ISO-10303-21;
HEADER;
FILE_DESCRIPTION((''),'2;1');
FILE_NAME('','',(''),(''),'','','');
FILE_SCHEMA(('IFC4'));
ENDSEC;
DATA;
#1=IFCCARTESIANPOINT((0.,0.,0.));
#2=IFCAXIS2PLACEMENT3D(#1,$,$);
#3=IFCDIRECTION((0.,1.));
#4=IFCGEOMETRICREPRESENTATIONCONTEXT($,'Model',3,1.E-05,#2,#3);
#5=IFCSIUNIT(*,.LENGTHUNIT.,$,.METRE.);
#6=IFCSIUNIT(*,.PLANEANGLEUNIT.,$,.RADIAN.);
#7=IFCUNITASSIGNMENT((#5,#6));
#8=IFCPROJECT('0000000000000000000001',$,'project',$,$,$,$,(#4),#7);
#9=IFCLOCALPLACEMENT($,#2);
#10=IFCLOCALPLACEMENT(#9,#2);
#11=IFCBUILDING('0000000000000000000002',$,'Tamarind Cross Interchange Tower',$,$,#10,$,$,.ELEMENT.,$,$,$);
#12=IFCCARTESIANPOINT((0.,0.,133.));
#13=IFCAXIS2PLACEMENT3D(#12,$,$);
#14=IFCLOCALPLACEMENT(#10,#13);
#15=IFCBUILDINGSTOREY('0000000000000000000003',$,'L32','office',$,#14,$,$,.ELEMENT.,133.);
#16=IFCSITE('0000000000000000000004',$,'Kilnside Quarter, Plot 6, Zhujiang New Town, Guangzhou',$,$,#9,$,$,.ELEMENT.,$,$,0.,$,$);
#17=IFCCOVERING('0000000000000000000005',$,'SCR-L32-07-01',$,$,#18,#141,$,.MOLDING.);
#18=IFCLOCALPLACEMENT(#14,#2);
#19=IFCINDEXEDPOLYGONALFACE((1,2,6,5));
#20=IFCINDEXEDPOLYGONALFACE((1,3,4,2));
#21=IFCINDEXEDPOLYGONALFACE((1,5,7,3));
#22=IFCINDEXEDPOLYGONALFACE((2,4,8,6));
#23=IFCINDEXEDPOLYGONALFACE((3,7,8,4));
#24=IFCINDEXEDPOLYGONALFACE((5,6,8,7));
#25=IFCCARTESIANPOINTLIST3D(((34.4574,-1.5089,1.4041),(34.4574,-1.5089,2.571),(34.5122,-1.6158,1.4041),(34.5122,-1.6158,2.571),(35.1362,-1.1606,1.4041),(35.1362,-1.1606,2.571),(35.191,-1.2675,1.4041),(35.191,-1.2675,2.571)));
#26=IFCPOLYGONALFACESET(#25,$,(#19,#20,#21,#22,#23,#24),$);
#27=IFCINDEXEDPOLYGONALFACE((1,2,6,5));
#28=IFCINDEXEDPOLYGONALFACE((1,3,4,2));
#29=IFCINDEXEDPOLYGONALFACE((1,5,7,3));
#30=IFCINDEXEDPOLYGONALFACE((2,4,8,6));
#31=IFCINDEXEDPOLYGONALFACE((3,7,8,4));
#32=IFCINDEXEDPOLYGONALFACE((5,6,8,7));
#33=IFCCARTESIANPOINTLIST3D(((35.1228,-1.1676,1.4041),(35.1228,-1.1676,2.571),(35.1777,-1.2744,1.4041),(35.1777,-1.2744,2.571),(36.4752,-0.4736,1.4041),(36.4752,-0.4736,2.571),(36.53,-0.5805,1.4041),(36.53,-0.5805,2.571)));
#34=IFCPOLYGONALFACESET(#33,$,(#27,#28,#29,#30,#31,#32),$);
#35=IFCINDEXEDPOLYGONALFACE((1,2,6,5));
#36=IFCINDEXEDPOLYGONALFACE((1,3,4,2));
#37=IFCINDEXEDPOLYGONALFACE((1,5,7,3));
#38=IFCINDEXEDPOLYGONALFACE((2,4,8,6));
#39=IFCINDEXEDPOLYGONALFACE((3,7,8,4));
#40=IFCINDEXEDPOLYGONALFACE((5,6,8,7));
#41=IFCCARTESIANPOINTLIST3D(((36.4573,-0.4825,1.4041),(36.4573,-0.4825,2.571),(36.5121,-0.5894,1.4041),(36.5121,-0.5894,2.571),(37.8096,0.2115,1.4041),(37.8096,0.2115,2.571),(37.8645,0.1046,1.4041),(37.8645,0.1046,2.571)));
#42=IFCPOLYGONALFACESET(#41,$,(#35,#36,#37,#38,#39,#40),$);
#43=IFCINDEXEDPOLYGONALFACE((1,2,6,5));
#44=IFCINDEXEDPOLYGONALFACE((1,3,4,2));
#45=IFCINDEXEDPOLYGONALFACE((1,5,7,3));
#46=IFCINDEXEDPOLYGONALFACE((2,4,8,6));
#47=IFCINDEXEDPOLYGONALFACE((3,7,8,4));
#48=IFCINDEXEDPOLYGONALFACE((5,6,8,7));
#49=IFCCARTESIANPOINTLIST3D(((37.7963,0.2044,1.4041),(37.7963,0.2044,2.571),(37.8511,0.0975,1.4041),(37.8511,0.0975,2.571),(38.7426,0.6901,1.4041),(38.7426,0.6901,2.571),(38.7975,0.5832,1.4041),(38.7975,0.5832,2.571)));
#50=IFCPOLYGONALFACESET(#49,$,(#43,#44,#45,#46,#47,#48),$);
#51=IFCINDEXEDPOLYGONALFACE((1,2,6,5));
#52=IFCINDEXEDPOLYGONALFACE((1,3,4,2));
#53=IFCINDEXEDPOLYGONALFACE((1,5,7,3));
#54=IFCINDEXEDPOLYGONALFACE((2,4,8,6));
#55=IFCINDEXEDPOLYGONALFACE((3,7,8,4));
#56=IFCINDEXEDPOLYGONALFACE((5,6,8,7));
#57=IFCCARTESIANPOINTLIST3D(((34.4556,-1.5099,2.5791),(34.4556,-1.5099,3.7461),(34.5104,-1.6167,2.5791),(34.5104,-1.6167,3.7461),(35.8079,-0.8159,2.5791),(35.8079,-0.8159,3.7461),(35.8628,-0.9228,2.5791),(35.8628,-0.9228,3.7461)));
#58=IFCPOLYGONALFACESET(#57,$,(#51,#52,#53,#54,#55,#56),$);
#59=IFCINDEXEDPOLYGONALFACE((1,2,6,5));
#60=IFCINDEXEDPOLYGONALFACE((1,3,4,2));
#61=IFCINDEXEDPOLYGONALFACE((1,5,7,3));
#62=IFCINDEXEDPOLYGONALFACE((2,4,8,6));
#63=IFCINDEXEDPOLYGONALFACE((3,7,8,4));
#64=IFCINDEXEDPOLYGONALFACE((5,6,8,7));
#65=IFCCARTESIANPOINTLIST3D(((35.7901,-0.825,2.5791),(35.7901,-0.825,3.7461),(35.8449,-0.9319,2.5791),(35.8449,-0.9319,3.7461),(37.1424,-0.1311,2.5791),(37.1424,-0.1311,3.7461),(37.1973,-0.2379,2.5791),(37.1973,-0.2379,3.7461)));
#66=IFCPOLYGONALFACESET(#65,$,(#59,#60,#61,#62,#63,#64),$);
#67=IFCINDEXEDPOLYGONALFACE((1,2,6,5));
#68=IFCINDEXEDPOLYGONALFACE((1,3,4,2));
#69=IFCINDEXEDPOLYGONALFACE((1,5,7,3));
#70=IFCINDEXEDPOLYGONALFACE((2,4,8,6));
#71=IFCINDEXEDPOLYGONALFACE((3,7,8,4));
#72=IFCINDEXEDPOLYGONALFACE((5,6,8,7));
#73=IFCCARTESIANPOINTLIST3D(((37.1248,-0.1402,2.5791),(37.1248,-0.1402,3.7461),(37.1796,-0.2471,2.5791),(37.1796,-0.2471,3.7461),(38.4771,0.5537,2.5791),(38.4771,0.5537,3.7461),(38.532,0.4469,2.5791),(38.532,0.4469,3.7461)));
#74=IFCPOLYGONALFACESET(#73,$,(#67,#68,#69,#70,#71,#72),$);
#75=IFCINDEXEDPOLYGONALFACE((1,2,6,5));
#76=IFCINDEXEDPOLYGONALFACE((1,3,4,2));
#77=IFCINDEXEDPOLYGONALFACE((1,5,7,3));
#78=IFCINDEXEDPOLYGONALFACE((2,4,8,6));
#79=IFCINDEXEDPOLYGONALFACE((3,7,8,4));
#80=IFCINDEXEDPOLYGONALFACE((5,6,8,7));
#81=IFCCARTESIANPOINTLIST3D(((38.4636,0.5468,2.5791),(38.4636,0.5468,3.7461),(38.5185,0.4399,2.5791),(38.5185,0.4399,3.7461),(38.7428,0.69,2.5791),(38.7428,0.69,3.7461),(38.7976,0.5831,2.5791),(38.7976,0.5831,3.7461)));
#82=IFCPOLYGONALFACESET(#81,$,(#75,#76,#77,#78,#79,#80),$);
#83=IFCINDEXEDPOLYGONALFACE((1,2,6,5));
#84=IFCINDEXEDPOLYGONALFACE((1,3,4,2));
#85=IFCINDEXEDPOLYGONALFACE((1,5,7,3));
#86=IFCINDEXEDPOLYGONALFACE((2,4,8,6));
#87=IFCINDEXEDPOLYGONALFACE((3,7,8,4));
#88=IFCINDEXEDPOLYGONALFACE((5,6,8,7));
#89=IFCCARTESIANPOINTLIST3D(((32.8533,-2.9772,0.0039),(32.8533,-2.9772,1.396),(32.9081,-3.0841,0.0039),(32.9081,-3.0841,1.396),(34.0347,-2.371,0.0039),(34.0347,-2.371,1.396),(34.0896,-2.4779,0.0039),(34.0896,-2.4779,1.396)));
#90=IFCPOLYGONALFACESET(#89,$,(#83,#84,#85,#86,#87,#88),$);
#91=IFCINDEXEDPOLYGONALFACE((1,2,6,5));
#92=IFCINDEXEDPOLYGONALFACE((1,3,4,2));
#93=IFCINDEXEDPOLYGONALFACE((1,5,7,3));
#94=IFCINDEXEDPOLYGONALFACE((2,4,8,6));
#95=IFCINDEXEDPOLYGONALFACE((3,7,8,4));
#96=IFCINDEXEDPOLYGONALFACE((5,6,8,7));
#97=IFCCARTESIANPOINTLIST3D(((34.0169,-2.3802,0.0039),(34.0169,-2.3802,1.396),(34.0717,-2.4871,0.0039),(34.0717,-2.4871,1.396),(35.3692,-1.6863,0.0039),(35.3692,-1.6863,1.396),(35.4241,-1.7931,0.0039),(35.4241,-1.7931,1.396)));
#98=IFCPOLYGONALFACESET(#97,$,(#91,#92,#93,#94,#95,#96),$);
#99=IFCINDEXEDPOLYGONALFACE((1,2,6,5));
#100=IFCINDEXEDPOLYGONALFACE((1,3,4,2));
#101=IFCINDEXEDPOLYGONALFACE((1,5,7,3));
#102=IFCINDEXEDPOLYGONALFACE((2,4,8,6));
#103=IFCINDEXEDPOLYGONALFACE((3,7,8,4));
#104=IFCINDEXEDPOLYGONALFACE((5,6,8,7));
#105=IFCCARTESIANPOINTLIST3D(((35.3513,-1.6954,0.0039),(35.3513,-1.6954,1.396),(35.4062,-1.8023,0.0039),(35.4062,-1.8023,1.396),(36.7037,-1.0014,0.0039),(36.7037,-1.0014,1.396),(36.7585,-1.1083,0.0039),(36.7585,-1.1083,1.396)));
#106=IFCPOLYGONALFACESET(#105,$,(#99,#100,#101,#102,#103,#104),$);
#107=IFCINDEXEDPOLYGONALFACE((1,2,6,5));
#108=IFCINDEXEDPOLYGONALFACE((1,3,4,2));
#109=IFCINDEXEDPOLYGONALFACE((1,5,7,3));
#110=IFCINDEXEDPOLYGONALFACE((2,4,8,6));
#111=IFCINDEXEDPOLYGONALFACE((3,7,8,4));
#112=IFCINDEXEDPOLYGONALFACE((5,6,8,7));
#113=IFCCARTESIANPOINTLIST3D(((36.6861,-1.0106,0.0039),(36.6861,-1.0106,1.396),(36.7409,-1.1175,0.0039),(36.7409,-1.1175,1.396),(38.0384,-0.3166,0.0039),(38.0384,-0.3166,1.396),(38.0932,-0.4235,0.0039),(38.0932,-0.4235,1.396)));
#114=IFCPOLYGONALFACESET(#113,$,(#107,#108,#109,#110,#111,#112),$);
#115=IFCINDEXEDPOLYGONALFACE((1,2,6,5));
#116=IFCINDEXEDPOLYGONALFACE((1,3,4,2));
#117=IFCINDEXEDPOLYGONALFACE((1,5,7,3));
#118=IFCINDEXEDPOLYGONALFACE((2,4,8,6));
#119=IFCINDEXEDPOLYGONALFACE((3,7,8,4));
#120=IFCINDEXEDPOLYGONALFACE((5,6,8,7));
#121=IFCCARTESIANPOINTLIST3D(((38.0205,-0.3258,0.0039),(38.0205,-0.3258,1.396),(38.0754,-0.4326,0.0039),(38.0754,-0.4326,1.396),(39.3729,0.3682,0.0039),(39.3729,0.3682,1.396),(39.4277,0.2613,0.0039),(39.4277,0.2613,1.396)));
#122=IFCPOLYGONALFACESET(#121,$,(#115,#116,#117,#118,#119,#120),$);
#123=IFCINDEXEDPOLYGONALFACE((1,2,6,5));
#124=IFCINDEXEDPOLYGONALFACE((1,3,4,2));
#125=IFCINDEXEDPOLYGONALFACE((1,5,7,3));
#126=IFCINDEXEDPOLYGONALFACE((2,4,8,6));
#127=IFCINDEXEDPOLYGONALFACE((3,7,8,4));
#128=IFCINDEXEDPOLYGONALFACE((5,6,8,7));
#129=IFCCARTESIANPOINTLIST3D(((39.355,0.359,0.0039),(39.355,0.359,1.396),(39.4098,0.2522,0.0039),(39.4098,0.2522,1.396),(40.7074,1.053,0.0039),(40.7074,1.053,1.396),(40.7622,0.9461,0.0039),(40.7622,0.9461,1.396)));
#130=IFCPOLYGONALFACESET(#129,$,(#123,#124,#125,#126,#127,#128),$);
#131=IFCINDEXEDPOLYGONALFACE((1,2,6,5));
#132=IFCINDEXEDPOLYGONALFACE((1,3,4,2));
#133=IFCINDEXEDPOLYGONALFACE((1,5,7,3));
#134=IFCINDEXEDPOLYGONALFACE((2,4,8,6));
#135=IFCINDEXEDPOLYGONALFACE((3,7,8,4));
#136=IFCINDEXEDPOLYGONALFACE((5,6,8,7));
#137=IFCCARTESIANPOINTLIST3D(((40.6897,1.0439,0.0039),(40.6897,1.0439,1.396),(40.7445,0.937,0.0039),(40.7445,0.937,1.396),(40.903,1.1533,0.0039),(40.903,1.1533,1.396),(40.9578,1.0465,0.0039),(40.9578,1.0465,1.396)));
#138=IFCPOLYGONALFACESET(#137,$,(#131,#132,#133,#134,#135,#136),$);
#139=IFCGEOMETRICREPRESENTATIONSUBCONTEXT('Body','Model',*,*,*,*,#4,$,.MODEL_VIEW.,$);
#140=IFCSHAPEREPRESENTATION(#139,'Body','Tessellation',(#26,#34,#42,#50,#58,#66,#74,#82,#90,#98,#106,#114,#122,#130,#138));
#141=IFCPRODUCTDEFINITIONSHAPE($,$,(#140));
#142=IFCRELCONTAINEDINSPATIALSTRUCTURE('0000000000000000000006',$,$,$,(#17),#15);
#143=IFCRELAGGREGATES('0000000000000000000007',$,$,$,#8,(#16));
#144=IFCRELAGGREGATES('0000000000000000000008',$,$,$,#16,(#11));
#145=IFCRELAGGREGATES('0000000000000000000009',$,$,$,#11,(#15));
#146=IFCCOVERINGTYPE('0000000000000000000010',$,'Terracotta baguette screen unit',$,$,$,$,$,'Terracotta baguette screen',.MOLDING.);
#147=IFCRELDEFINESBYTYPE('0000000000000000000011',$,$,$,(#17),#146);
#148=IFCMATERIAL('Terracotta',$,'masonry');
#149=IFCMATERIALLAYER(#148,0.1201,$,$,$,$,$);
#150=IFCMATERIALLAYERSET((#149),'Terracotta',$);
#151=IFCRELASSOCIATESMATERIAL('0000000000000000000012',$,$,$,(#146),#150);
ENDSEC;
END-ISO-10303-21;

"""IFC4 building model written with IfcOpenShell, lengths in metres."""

from ifc_helpers import new_model, si_unit, direction, frame, origin, origin_2d, place, context, subcontext, project, spatial, rectangle, extrude, material, layer, layer_set, type_object, element, save


model = new_model("IFC4")

# Units and contexts
model_context = context("Model", 3, precision=1e-05, world=origin(), true_north=direction((0.0, 1.0)))
body_context = subcontext(model_context, "Body", "Model", "MODEL_VIEW")
ifc_project = project(units=[si_unit("LENGTHUNIT", "METRE"), si_unit("PLANEANGLEUNIT", "RADIAN")], contexts=[model_context])

# Site, building, storey
site_placement = place(None, origin())
site = spatial("IfcSite", under=ifc_project, at=site_placement, Name="Kilnside Quarter, Plot 6, Zhujiang New Town, Guangzhou", CompositionType="ELEMENT", RefElevation=0.0)
building_placement = place(site_placement, origin())
building = spatial("IfcBuilding", under=site, at=building_placement, Name="Tamarind Cross Interchange Tower", CompositionType="ELEMENT")
storey_placement = place(building_placement, frame((0.0, 0.0, 133.0)))
storey = spatial("IfcBuildingStorey", under=building, at=storey_placement, Name="L32", Description="office", CompositionType="ELEMENT", Elevation=133.0)

# Covering
ifc_material_1 = material(Name="Terracotta", Category="masonry")
ifc_layer_1 = layer(ifc_material_1, 0.1201)
ifc_layer_set_1 = layer_set([ifc_layer_1], Name="Terracotta")
covering_type = type_object("IfcCoveringType", Name="Terracotta baguette screen unit", ElementType="Terracotta baguette screen", PredefinedType="MOLDING", material=ifc_layer_set_1)
covering_1_placement = place(storey_placement, origin())
element("IfcCovering", 1, at=covering_1_placement, inside=storey, type_object=covering_type, Name="SCR-L32-07-01", PredefinedType="MOLDING", context=body_context, shape_type="SweptSolid", body=[
    extrude(rectangle(XDim=0.7629, YDim=0.1201, at=origin_2d()), frame((34.8242, -1.3882, 1.4041), z_axis=(0.0, 0.0, 1.0), x_axis=(0.889697, 0.456551, 0.0)), (0.0, 0.0, 1.0), 1.167),
    extrude(rectangle(XDim=1.52, YDim=0.1201, at=origin_2d()), frame((35.8264, -0.874, 1.4041), z_axis=(0.0, 0.0, 1.0), x_axis=(0.889697, 0.456551, 0.0)), (0.0, 0.0, 1.0), 1.167),
    extrude(rectangle(XDim=1.52, YDim=0.1201, at=origin_2d()), frame((37.1609, -0.189, 1.4041), z_axis=(0.0, 0.0, 1.0), x_axis=(0.889697, 0.456551, 0.0)), (0.0, 0.0, 1.0), 1.167),
    extrude(rectangle(XDim=1.0637, YDim=0.1201, at=origin_2d()), frame((38.2969, 0.3938, 1.4041), z_axis=(0.0, 0.0, 1.0), x_axis=(0.889697, 0.456551, 0.0)), (0.0, 0.0, 1.0), 1.167),
    extrude(rectangle(XDim=1.52, YDim=0.1201, at=origin_2d()), frame((35.1592, -1.2163, 2.5791), z_axis=(0.0, 0.0, 1.0), x_axis=(0.889697, 0.456551, 0.0)), (0.0, 0.0, 1.0), 1.167),
    extrude(rectangle(XDim=1.52, YDim=0.1201, at=origin_2d()), frame((36.4937, -0.5315, 2.5791), z_axis=(0.0, 0.0, 1.0), x_axis=(0.889697, 0.456551, 0.0)), (0.0, 0.0, 1.0), 1.167),
    extrude(rectangle(XDim=1.52, YDim=0.1201, at=origin_2d()), frame((37.8284, 0.1533, 2.5791), z_axis=(0.0, 0.0, 1.0), x_axis=(0.889697, 0.456551, 0.0)), (0.0, 0.0, 1.0), 1.167),
    extrude(rectangle(XDim=0.3137, YDim=0.1201, at=origin_2d()), frame((38.6306, 0.5649, 2.5791), z_axis=(0.0, 0.0, 1.0), x_axis=(0.889697, 0.456551, 0.0)), (0.0, 0.0, 1.0), 1.167),
    extrude(rectangle(XDim=1.3279, YDim=0.1201, at=origin_2d()), frame((33.4714, -2.7275, 0.0039), z_axis=(0.0, 0.0, 1.0), x_axis=(0.889697, 0.456551, 0.0)), (0.0, 0.0, 1.0), 1.3921),
    extrude(rectangle(XDim=1.52, YDim=0.1201, at=origin_2d()), frame((34.7205, -2.0867, 0.0039), z_axis=(0.0, 0.0, 1.0), x_axis=(0.889697, 0.456551, 0.0)), (0.0, 0.0, 1.0), 1.3921),
    extrude(rectangle(XDim=1.52, YDim=0.1201, at=origin_2d()), frame((36.0549, -1.4019, 0.0039), z_axis=(0.0, 0.0, 1.0), x_axis=(0.889697, 0.456551, 0.0)), (0.0, 0.0, 1.0), 1.3921),
    extrude(rectangle(XDim=1.52, YDim=0.1201, at=origin_2d()), frame((37.3896, -0.717, 0.0039), z_axis=(0.0, 0.0, 1.0), x_axis=(0.889697, 0.456551, 0.0)), (0.0, 0.0, 1.0), 1.3921),
    extrude(rectangle(XDim=1.52, YDim=0.1201, at=origin_2d()), frame((38.7241, -0.0322, 0.0039), z_axis=(0.0, 0.0, 1.0), x_axis=(0.889697, 0.456551, 0.0)), (0.0, 0.0, 1.0), 1.3921),
    extrude(rectangle(XDim=1.52, YDim=0.1201, at=origin_2d()), frame((40.0586, 0.6526, 0.0039), z_axis=(0.0, 0.0, 1.0), x_axis=(0.889697, 0.456551, 0.0)), (0.0, 0.0, 1.0), 1.3921),
    extrude(rectangle(XDim=0.2397, YDim=0.1201, at=origin_2d()), frame((40.8237, 1.0452, 0.0039), z_axis=(0.0, 0.0, 1.0), x_axis=(0.889697, 0.456551, 0.0)), (0.0, 0.0, 1.0), 1.3921),
])

save(model, "model.ifc")
